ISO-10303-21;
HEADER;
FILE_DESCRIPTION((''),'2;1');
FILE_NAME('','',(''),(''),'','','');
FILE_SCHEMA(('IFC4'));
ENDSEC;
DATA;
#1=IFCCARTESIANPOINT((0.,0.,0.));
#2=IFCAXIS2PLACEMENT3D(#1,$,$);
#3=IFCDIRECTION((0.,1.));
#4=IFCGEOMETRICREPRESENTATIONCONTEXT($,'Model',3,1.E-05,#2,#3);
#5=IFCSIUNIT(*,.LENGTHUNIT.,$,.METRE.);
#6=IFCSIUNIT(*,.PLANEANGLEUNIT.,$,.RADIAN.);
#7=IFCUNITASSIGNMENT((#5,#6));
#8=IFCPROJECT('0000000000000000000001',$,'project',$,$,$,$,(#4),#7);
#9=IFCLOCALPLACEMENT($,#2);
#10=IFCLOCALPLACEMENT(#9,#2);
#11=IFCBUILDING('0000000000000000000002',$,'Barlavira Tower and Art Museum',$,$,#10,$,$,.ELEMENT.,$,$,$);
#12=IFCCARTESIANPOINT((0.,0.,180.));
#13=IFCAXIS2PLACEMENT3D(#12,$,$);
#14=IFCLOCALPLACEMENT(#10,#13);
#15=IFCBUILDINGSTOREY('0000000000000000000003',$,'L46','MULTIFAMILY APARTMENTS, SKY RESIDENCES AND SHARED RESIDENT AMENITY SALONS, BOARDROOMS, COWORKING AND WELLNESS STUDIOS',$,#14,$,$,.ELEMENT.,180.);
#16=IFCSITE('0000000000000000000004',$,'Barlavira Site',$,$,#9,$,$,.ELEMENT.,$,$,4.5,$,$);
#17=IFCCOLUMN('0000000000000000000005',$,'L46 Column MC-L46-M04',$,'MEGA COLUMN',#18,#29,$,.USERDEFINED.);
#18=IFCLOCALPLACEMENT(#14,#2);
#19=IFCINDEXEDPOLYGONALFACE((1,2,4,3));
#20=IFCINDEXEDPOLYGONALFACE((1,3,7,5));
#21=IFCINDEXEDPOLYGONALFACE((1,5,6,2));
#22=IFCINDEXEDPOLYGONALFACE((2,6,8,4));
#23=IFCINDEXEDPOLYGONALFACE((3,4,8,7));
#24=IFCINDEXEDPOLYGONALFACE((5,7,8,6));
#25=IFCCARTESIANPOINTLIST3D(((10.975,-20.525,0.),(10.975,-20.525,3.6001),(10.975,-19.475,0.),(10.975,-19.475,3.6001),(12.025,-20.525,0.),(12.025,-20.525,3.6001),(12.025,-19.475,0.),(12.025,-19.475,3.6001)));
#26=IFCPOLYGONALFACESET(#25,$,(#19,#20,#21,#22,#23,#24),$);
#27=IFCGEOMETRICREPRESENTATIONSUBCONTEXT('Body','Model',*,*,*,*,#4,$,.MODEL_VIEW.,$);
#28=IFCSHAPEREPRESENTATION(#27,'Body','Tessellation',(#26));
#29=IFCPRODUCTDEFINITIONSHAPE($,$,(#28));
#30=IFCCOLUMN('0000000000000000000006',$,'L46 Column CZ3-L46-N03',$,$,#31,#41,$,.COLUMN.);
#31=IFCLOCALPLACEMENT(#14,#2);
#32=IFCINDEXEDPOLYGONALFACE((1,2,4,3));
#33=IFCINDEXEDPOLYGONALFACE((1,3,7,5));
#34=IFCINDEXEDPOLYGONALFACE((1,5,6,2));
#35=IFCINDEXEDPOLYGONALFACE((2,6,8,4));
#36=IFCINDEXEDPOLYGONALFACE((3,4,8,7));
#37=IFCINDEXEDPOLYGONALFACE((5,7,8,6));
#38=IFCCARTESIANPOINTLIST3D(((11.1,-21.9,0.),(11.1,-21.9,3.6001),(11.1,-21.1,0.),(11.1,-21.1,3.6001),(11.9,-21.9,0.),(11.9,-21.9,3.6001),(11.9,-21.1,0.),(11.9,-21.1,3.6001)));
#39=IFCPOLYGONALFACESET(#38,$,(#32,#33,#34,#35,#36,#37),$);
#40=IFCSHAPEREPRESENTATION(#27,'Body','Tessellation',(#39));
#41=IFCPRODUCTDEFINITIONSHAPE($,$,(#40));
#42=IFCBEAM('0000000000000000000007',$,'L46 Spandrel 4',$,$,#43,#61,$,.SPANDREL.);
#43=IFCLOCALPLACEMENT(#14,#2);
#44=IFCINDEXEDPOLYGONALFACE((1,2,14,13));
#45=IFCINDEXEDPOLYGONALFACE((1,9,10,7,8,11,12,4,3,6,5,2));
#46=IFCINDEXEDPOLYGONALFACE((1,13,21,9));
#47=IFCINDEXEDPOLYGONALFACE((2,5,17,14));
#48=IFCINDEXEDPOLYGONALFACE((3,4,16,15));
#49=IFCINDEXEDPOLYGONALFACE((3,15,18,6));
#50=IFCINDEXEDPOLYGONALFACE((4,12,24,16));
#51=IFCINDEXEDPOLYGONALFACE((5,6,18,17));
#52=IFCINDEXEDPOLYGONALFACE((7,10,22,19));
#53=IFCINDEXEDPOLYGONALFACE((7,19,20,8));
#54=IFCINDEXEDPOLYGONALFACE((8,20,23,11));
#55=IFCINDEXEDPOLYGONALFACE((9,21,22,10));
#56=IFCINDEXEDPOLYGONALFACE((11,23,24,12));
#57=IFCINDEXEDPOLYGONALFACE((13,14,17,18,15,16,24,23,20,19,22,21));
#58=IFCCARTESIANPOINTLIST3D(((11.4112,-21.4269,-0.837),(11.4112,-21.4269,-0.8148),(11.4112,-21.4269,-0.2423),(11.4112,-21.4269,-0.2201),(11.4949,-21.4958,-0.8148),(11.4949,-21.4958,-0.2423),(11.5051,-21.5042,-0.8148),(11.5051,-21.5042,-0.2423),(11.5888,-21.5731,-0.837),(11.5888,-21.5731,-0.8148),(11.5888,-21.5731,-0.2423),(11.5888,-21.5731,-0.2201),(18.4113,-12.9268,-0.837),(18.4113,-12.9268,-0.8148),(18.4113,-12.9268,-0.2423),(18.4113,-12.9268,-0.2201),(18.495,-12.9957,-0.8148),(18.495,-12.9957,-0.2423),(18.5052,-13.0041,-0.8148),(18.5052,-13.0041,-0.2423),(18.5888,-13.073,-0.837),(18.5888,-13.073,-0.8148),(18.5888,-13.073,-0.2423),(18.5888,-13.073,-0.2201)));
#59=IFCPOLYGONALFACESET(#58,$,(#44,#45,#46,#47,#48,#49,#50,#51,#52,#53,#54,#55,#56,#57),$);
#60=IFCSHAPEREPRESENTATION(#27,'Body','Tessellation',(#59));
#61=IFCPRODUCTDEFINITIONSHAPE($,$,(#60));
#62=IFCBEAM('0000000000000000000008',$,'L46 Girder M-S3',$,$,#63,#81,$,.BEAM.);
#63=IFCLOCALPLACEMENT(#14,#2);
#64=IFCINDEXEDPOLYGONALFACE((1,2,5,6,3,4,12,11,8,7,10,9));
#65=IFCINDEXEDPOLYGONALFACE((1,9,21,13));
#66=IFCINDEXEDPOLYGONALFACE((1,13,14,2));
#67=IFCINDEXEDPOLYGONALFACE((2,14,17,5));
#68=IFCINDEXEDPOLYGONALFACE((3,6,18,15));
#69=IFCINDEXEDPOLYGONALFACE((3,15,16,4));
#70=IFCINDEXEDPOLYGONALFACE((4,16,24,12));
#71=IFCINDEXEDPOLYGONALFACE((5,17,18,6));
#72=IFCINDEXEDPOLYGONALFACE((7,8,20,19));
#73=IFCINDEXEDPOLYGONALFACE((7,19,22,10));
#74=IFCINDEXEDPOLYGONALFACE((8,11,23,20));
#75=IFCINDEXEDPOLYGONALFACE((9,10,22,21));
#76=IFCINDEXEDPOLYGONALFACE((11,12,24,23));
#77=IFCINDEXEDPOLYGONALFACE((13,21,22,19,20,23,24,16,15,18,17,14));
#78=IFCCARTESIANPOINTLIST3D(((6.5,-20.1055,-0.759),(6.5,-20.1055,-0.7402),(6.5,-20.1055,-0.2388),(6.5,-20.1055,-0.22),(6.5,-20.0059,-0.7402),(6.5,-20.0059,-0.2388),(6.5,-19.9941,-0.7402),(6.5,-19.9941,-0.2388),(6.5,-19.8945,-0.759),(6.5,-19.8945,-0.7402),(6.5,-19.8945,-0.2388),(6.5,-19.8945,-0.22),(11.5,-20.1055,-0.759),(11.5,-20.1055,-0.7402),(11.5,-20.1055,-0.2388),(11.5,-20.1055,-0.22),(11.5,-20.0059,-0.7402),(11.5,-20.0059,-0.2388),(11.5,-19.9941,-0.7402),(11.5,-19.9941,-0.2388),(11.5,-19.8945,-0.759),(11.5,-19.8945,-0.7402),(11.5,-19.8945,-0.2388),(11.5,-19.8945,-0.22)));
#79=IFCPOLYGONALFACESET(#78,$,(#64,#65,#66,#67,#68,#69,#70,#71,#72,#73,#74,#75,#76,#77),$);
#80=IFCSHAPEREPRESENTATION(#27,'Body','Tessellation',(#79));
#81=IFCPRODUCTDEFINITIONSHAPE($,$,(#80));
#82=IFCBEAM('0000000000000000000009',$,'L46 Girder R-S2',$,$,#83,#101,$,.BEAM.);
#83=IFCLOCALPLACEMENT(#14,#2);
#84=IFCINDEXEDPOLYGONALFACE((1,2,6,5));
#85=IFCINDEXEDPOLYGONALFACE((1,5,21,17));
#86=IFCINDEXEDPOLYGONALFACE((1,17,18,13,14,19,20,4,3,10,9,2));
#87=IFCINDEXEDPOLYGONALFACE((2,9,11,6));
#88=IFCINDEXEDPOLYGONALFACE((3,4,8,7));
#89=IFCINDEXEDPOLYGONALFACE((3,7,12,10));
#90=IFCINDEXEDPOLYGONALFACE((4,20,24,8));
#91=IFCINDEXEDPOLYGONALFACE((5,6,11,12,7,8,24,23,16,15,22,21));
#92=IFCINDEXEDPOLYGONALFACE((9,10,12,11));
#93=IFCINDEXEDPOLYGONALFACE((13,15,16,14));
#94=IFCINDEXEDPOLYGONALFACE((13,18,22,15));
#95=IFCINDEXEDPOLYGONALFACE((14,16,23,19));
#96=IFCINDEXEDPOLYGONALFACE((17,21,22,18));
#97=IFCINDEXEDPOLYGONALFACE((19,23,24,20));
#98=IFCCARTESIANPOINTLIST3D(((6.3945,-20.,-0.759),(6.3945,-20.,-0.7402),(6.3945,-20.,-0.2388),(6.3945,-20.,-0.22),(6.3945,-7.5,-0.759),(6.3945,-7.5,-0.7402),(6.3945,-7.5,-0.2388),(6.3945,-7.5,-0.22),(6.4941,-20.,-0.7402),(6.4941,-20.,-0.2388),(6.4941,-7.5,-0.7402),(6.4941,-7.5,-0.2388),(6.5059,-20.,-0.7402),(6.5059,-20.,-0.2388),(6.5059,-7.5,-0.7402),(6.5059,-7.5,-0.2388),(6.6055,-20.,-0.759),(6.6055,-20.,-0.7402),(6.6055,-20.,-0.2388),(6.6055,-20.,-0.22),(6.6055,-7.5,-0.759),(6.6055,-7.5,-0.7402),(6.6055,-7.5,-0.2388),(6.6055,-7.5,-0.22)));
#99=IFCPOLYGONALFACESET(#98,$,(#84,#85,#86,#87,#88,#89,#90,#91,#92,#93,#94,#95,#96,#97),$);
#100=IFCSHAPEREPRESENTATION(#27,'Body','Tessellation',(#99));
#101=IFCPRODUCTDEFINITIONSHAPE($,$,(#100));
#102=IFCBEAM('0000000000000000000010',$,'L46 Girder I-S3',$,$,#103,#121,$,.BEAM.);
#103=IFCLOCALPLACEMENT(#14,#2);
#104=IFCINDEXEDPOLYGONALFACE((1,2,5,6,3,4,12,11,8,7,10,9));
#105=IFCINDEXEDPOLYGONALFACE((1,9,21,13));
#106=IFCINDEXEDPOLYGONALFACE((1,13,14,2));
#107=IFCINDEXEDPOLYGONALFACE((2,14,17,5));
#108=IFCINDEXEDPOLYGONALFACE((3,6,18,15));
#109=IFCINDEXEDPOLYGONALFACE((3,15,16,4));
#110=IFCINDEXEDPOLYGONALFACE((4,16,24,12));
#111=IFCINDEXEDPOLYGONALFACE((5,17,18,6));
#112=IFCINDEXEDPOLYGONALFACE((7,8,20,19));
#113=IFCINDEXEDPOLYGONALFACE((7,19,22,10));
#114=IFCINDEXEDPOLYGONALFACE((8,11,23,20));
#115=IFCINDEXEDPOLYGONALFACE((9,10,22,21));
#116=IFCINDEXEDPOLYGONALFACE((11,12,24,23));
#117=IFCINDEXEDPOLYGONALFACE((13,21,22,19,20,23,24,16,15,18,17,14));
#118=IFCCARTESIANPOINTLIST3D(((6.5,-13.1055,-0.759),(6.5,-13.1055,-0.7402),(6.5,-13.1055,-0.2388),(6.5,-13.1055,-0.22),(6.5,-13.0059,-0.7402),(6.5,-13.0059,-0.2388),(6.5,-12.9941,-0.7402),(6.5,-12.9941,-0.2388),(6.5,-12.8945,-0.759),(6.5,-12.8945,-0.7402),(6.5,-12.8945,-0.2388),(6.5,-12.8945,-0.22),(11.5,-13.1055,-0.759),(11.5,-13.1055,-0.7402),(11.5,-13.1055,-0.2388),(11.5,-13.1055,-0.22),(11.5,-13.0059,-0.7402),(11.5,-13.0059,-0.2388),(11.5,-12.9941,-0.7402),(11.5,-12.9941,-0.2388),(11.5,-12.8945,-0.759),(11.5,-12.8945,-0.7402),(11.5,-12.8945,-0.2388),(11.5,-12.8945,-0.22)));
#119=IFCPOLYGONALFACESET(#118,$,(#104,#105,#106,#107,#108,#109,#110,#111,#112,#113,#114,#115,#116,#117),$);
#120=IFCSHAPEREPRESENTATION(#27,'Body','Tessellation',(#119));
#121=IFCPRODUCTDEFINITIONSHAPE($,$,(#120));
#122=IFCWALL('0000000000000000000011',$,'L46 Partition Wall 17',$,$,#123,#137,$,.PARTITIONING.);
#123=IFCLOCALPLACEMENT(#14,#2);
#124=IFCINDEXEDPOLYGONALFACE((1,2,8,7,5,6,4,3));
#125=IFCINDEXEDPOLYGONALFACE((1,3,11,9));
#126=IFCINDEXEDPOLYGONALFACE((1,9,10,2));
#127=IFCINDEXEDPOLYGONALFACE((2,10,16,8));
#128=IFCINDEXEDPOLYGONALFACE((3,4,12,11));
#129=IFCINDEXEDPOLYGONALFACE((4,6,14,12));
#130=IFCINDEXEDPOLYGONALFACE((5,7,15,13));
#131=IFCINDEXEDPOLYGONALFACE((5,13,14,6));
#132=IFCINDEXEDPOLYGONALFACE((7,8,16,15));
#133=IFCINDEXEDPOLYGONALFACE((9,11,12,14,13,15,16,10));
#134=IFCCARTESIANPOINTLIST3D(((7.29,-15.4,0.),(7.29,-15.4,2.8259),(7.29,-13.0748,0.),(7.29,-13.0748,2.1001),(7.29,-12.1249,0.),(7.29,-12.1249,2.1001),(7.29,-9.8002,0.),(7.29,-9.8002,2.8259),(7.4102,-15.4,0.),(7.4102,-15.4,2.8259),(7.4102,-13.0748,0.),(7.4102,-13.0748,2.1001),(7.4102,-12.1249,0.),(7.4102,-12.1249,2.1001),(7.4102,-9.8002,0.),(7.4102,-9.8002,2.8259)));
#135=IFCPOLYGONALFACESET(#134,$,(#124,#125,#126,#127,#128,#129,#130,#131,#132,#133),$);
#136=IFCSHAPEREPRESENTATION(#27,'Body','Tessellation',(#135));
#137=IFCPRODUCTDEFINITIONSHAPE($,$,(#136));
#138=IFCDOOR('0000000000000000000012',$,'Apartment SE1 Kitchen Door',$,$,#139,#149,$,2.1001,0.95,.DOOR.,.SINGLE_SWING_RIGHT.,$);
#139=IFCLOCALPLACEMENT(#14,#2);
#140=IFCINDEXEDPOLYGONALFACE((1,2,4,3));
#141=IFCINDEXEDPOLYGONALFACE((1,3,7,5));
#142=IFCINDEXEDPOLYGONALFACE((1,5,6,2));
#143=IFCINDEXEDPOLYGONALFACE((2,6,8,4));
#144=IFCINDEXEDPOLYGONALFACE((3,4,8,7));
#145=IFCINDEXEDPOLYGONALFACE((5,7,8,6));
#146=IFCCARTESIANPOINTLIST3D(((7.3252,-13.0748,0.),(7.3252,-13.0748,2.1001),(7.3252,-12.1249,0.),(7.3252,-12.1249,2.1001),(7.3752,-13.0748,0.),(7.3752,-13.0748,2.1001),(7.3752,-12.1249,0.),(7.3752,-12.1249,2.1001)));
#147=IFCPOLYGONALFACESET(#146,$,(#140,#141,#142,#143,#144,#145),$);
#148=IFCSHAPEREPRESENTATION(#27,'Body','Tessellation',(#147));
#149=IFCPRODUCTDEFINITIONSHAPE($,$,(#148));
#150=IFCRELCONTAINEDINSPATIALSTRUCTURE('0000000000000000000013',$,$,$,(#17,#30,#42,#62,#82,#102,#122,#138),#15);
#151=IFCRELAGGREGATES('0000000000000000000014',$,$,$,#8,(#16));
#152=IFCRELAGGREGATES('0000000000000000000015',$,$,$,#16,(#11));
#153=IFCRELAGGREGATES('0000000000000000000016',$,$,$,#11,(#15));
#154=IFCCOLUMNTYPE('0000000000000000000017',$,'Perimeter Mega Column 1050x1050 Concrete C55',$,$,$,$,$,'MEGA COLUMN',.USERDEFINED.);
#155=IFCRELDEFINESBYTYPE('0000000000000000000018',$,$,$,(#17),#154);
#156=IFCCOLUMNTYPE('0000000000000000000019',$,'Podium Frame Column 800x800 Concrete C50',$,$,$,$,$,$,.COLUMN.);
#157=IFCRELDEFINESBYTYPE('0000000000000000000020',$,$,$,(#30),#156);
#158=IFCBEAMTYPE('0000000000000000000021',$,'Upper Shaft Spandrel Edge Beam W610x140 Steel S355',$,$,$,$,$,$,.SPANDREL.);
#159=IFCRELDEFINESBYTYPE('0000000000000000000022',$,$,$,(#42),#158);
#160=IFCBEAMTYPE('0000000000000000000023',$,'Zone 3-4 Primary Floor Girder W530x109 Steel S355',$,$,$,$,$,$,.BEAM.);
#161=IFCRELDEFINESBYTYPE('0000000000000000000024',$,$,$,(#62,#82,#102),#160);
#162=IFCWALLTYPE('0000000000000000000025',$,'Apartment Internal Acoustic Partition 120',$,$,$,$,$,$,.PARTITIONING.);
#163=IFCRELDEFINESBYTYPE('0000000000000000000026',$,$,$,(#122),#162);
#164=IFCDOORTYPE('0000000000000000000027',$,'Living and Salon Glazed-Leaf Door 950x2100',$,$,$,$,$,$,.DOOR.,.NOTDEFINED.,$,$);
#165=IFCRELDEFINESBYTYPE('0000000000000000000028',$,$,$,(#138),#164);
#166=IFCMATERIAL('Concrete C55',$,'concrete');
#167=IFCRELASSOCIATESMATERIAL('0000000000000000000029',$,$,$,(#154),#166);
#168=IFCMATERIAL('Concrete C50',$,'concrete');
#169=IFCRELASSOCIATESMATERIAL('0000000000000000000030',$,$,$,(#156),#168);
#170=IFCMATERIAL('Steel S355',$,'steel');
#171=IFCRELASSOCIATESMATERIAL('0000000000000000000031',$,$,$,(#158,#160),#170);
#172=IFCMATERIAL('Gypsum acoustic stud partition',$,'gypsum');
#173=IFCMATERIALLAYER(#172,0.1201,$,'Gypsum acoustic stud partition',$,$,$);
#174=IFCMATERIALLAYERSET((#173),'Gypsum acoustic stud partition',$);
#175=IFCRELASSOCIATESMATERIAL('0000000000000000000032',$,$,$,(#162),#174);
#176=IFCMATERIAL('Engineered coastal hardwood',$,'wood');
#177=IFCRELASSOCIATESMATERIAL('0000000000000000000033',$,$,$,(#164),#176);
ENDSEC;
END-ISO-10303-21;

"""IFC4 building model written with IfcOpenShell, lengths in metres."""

from ifc_helpers import new_model, si_unit, direction, frame, frame_2d, origin, origin_2d, place, context, subcontext, project, spatial, rectangle, i_section, extrude, material, layer, layer_set, material_profile, profile_set, type_object, element, fill, save


model = new_model("IFC4")

# Units and contexts
model_context = context("Model", 3, precision=1e-05, world=origin(), true_north=direction((0.0, 1.0)))
body_context = subcontext(model_context, "Body", "Model", "MODEL_VIEW")
ifc_project = project(units=[si_unit("LENGTHUNIT", "METRE"), si_unit("PLANEANGLEUNIT", "RADIAN")], contexts=[model_context])

# Site, building, storey
site_placement = place(None, origin())
site = spatial("IfcSite", under=ifc_project, at=site_placement, Name="Barlavira Site", CompositionType="ELEMENT", RefElevation=4.5)
building_placement = place(site_placement, origin())
building = spatial("IfcBuilding", under=site, at=building_placement, Name="Barlavira Tower and Art Museum", CompositionType="ELEMENT")
storey_placement = place(building_placement, frame((0.0, 0.0, 180.0)))
storey = spatial("IfcBuildingStorey", under=building, at=storey_placement, Name="L46", Description="MULTIFAMILY APARTMENTS, SKY RESIDENCES AND SHARED RESIDENT AMENITY SALONS, BOARDROOMS, COWORKING AND WELLNESS STUDIOS", CompositionType="ELEMENT", Elevation=180.0)

# Columns
ifc_material_1 = material(Name="Concrete C55", Category="concrete")
ifc_material_profile_1 = material_profile(ifc_material_1, rectangle(XDim=1.05, YDim=1.05, at=origin_2d()), Name="RC-COL 1050x1050")
ifc_profile_set_1 = profile_set([ifc_material_profile_1], Name="Concrete C55")
column_type_1 = type_object("IfcColumnType", Name="Perimeter Mega Column 1050x1050 Concrete C55", ElementType="MEGA COLUMN", PredefinedType="USERDEFINED", material=ifc_profile_set_1)
column_1_placement = place(storey_placement, frame((11.5, -20.0, 0.0), z_axis=(0.0, 0.0, 1.0), x_axis=(1.0, 0.0, 0.0)))
element("IfcColumn", 1, at=column_1_placement, inside=storey, type_object=column_type_1, Name="L46 Column MC-L46-M04", ObjectType="MEGA COLUMN", PredefinedType="USERDEFINED", context=body_context, shape_type="SweptSolid", body=[
    extrude(rectangle(XDim=1.05, YDim=1.05, at=origin_2d()), origin(), (0.0, 0.0, 1.0), 3.6001),
])
ifc_material_2 = material(Name="Concrete C50", Category="concrete")
ifc_material_profile_2 = material_profile(ifc_material_2, rectangle(XDim=0.8, YDim=0.8, at=origin_2d()), Name="RC-COL 800x800")
ifc_profile_set_2 = profile_set([ifc_material_profile_2], Name="Concrete C50")
column_type_2 = type_object("IfcColumnType", Name="Podium Frame Column 800x800 Concrete C50", PredefinedType="COLUMN", material=ifc_profile_set_2)
column_2_placement = place(storey_placement, frame((11.5, -21.5, 0.0), z_axis=(0.0, 0.0, 1.0), x_axis=(1.0, 0.0, 0.0)))
element("IfcColumn", 2, at=column_2_placement, inside=storey, type_object=column_type_2, Name="L46 Column CZ3-L46-N03", PredefinedType="COLUMN", context=body_context, shape_type="SweptSolid", body=[
    extrude(rectangle(XDim=0.8, YDim=0.8, at=origin_2d()), origin(), (0.0, 0.0, 1.0), 3.6001),
])

# Beams
ifc_material_3 = material(Name="Steel S355", Category="steel")
ifc_material_profile_3 = material_profile(ifc_material_3, i_section(OverallWidth=0.23, OverallDepth=0.6169, WebThickness=0.0132, FlangeThickness=0.0222, at=origin_2d()), Name="W610x140.0")
ifc_profile_set_3 = profile_set([ifc_material_profile_3], Name="Steel S355")
beam_type_1 = type_object("IfcBeamType", Name="Upper Shaft Spandrel Edge Beam W610x140 Steel S355", PredefinedType="SPANDREL", material=ifc_profile_set_3)
beam_1_placement = place(storey_placement, frame((11.5, -21.5, -0.5286), z_axis=(0.635707, 0.77193, 0.0), x_axis=(-0.77193, 0.635707, 0.0)))
element("IfcBeam", 3, at=beam_1_placement, inside=storey, type_object=beam_type_1, Name="L46 Spandrel 4", PredefinedType="SPANDREL", context=body_context, shape_type="SweptSolid", body=[
    extrude(i_section(OverallWidth=0.23, OverallDepth=0.6169, WebThickness=0.0132, FlangeThickness=0.0222, at=origin_2d()), origin(), (0.0, 0.0, 1.0), 11.0115),
])
ifc_material_profile_4 = material_profile(ifc_material_3, i_section(OverallWidth=0.2109, OverallDepth=0.5391, WebThickness=0.0117, FlangeThickness=0.0188, at=origin_2d()), Name="W530x109.0")
ifc_profile_set_4 = profile_set([ifc_material_profile_4], Name="Steel S355")
beam_type_2 = type_object("IfcBeamType", Name="Zone 3-4 Primary Floor Girder W530x109 Steel S355", PredefinedType="BEAM", material=ifc_profile_set_4)
beam_2_placement = place(storey_placement, frame((6.5, -20.0, -0.4895), z_axis=(1.0, 0.0, 0.0), x_axis=(0.0, 1.0, 0.0)))
element("IfcBeam", 4, at=beam_2_placement, inside=storey, type_object=beam_type_2, Name="L46 Girder M-S3", PredefinedType="BEAM", context=body_context, shape_type="SweptSolid", body=[
    extrude(i_section(OverallWidth=0.2109, OverallDepth=0.5391, WebThickness=0.0117, FlangeThickness=0.0188, at=origin_2d()), origin(), (0.0, 0.0, 1.0), 5.0),
])
beam_3_placement = place(storey_placement, frame((6.5, -20.0, -0.4895), z_axis=(0.0, 1.0, 0.0), x_axis=(-1.0, 0.0, 0.0)))
element("IfcBeam", 5, at=beam_3_placement, inside=storey, type_object=beam_type_2, Name="L46 Girder R-S2", PredefinedType="BEAM", context=body_context, shape_type="SweptSolid", body=[
    extrude(i_section(OverallWidth=0.2109, OverallDepth=0.5391, WebThickness=0.0117, FlangeThickness=0.0188, at=origin_2d()), origin(), (0.0, 0.0, 1.0), 12.5),
])
beam_4_placement = place(storey_placement, frame((6.5, -13.0, -0.4895), z_axis=(1.0, 0.0, 0.0), x_axis=(0.0, 1.0, 0.0)))
element("IfcBeam", 6, at=beam_4_placement, inside=storey, type_object=beam_type_2, Name="L46 Girder I-S3", PredefinedType="BEAM", context=body_context, shape_type="SweptSolid", body=[
    extrude(i_section(OverallWidth=0.2109, OverallDepth=0.5391, WebThickness=0.0117, FlangeThickness=0.0188, at=origin_2d()), origin(), (0.0, 0.0, 1.0), 5.0),
])

# Wall, opening, door
ifc_material_4 = material(Name="Gypsum acoustic stud partition", Category="gypsum")
ifc_layer_1 = layer(ifc_material_4, 0.1201, Name="Gypsum acoustic stud partition")
ifc_layer_set_1 = layer_set([ifc_layer_1], Name="Gypsum acoustic stud partition")
wall_type_1 = type_object("IfcWallType", Name="Apartment Internal Acoustic Partition 120", PredefinedType="PARTITIONING", material=ifc_layer_set_1)
wall_1_placement = place(storey_placement, frame((7.3501, -15.3999, 0.0), z_axis=(0.0, 0.0, 1.0), x_axis=(0.0, 1.0, 0.0)))
wall_1 = element("IfcWall", 7, at=wall_1_placement, inside=storey, type_object=wall_type_1, Name="L46 Partition Wall 17", PredefinedType="PARTITIONING", context=body_context, shape_type="SweptSolid", body=[
    extrude(rectangle(XDim=5.5999, YDim=0.1201, at=frame_2d((2.7998, 0.0))), origin(), (0.0, 0.0, 1.0), 2.8259),
])
opening_1_placement = place(wall_1_placement, frame((2.325, 0.0, 0.0)))
opening_1 = element("IfcOpeningElement", 8, at=opening_1_placement, cuts=wall_1, PredefinedType="OPENING", context=body_context, shape_type="SweptSolid", body=[
    extrude(rectangle(XDim=0.95, YDim=2.1001, at=frame_2d((0.4751, 1.05))), frame((0.0, 0.0701, 0.0), z_axis=(0.0, -1.0, 0.0), x_axis=(1.0, 0.0, 0.0)), (0.0, 0.0, 1.0), 0.1401),
])
ifc_material_5 = material(Name="Engineered coastal hardwood", Category="wood")
door_type_1 = type_object("IfcDoorType", Name="Living and Salon Glazed-Leaf Door 950x2100", OperationType="NOTDEFINED", PredefinedType="DOOR", material=ifc_material_5)
door_1_placement = place(opening_1_placement, origin())
door_1 = element("IfcDoor", 9, at=door_1_placement, inside=storey, type_object=door_type_1, Name="Apartment SE1 Kitchen Door", OperationType="SINGLE_SWING_RIGHT", OverallHeight=2.1001, OverallWidth=0.95, PredefinedType="DOOR", context=body_context, shape_type="SweptSolid", body=[
    extrude(rectangle(XDim=0.95, YDim=2.1001, at=frame_2d((0.4751, 1.05))), frame((0.0, 0.0249, 0.0), z_axis=(0.0, -1.0, 0.0), x_axis=(1.0, 0.0, 0.0)), (0.0, 0.0, 1.0), 0.05),
])
fill(opening_1, door_1)

save(model, "model.ifc")
